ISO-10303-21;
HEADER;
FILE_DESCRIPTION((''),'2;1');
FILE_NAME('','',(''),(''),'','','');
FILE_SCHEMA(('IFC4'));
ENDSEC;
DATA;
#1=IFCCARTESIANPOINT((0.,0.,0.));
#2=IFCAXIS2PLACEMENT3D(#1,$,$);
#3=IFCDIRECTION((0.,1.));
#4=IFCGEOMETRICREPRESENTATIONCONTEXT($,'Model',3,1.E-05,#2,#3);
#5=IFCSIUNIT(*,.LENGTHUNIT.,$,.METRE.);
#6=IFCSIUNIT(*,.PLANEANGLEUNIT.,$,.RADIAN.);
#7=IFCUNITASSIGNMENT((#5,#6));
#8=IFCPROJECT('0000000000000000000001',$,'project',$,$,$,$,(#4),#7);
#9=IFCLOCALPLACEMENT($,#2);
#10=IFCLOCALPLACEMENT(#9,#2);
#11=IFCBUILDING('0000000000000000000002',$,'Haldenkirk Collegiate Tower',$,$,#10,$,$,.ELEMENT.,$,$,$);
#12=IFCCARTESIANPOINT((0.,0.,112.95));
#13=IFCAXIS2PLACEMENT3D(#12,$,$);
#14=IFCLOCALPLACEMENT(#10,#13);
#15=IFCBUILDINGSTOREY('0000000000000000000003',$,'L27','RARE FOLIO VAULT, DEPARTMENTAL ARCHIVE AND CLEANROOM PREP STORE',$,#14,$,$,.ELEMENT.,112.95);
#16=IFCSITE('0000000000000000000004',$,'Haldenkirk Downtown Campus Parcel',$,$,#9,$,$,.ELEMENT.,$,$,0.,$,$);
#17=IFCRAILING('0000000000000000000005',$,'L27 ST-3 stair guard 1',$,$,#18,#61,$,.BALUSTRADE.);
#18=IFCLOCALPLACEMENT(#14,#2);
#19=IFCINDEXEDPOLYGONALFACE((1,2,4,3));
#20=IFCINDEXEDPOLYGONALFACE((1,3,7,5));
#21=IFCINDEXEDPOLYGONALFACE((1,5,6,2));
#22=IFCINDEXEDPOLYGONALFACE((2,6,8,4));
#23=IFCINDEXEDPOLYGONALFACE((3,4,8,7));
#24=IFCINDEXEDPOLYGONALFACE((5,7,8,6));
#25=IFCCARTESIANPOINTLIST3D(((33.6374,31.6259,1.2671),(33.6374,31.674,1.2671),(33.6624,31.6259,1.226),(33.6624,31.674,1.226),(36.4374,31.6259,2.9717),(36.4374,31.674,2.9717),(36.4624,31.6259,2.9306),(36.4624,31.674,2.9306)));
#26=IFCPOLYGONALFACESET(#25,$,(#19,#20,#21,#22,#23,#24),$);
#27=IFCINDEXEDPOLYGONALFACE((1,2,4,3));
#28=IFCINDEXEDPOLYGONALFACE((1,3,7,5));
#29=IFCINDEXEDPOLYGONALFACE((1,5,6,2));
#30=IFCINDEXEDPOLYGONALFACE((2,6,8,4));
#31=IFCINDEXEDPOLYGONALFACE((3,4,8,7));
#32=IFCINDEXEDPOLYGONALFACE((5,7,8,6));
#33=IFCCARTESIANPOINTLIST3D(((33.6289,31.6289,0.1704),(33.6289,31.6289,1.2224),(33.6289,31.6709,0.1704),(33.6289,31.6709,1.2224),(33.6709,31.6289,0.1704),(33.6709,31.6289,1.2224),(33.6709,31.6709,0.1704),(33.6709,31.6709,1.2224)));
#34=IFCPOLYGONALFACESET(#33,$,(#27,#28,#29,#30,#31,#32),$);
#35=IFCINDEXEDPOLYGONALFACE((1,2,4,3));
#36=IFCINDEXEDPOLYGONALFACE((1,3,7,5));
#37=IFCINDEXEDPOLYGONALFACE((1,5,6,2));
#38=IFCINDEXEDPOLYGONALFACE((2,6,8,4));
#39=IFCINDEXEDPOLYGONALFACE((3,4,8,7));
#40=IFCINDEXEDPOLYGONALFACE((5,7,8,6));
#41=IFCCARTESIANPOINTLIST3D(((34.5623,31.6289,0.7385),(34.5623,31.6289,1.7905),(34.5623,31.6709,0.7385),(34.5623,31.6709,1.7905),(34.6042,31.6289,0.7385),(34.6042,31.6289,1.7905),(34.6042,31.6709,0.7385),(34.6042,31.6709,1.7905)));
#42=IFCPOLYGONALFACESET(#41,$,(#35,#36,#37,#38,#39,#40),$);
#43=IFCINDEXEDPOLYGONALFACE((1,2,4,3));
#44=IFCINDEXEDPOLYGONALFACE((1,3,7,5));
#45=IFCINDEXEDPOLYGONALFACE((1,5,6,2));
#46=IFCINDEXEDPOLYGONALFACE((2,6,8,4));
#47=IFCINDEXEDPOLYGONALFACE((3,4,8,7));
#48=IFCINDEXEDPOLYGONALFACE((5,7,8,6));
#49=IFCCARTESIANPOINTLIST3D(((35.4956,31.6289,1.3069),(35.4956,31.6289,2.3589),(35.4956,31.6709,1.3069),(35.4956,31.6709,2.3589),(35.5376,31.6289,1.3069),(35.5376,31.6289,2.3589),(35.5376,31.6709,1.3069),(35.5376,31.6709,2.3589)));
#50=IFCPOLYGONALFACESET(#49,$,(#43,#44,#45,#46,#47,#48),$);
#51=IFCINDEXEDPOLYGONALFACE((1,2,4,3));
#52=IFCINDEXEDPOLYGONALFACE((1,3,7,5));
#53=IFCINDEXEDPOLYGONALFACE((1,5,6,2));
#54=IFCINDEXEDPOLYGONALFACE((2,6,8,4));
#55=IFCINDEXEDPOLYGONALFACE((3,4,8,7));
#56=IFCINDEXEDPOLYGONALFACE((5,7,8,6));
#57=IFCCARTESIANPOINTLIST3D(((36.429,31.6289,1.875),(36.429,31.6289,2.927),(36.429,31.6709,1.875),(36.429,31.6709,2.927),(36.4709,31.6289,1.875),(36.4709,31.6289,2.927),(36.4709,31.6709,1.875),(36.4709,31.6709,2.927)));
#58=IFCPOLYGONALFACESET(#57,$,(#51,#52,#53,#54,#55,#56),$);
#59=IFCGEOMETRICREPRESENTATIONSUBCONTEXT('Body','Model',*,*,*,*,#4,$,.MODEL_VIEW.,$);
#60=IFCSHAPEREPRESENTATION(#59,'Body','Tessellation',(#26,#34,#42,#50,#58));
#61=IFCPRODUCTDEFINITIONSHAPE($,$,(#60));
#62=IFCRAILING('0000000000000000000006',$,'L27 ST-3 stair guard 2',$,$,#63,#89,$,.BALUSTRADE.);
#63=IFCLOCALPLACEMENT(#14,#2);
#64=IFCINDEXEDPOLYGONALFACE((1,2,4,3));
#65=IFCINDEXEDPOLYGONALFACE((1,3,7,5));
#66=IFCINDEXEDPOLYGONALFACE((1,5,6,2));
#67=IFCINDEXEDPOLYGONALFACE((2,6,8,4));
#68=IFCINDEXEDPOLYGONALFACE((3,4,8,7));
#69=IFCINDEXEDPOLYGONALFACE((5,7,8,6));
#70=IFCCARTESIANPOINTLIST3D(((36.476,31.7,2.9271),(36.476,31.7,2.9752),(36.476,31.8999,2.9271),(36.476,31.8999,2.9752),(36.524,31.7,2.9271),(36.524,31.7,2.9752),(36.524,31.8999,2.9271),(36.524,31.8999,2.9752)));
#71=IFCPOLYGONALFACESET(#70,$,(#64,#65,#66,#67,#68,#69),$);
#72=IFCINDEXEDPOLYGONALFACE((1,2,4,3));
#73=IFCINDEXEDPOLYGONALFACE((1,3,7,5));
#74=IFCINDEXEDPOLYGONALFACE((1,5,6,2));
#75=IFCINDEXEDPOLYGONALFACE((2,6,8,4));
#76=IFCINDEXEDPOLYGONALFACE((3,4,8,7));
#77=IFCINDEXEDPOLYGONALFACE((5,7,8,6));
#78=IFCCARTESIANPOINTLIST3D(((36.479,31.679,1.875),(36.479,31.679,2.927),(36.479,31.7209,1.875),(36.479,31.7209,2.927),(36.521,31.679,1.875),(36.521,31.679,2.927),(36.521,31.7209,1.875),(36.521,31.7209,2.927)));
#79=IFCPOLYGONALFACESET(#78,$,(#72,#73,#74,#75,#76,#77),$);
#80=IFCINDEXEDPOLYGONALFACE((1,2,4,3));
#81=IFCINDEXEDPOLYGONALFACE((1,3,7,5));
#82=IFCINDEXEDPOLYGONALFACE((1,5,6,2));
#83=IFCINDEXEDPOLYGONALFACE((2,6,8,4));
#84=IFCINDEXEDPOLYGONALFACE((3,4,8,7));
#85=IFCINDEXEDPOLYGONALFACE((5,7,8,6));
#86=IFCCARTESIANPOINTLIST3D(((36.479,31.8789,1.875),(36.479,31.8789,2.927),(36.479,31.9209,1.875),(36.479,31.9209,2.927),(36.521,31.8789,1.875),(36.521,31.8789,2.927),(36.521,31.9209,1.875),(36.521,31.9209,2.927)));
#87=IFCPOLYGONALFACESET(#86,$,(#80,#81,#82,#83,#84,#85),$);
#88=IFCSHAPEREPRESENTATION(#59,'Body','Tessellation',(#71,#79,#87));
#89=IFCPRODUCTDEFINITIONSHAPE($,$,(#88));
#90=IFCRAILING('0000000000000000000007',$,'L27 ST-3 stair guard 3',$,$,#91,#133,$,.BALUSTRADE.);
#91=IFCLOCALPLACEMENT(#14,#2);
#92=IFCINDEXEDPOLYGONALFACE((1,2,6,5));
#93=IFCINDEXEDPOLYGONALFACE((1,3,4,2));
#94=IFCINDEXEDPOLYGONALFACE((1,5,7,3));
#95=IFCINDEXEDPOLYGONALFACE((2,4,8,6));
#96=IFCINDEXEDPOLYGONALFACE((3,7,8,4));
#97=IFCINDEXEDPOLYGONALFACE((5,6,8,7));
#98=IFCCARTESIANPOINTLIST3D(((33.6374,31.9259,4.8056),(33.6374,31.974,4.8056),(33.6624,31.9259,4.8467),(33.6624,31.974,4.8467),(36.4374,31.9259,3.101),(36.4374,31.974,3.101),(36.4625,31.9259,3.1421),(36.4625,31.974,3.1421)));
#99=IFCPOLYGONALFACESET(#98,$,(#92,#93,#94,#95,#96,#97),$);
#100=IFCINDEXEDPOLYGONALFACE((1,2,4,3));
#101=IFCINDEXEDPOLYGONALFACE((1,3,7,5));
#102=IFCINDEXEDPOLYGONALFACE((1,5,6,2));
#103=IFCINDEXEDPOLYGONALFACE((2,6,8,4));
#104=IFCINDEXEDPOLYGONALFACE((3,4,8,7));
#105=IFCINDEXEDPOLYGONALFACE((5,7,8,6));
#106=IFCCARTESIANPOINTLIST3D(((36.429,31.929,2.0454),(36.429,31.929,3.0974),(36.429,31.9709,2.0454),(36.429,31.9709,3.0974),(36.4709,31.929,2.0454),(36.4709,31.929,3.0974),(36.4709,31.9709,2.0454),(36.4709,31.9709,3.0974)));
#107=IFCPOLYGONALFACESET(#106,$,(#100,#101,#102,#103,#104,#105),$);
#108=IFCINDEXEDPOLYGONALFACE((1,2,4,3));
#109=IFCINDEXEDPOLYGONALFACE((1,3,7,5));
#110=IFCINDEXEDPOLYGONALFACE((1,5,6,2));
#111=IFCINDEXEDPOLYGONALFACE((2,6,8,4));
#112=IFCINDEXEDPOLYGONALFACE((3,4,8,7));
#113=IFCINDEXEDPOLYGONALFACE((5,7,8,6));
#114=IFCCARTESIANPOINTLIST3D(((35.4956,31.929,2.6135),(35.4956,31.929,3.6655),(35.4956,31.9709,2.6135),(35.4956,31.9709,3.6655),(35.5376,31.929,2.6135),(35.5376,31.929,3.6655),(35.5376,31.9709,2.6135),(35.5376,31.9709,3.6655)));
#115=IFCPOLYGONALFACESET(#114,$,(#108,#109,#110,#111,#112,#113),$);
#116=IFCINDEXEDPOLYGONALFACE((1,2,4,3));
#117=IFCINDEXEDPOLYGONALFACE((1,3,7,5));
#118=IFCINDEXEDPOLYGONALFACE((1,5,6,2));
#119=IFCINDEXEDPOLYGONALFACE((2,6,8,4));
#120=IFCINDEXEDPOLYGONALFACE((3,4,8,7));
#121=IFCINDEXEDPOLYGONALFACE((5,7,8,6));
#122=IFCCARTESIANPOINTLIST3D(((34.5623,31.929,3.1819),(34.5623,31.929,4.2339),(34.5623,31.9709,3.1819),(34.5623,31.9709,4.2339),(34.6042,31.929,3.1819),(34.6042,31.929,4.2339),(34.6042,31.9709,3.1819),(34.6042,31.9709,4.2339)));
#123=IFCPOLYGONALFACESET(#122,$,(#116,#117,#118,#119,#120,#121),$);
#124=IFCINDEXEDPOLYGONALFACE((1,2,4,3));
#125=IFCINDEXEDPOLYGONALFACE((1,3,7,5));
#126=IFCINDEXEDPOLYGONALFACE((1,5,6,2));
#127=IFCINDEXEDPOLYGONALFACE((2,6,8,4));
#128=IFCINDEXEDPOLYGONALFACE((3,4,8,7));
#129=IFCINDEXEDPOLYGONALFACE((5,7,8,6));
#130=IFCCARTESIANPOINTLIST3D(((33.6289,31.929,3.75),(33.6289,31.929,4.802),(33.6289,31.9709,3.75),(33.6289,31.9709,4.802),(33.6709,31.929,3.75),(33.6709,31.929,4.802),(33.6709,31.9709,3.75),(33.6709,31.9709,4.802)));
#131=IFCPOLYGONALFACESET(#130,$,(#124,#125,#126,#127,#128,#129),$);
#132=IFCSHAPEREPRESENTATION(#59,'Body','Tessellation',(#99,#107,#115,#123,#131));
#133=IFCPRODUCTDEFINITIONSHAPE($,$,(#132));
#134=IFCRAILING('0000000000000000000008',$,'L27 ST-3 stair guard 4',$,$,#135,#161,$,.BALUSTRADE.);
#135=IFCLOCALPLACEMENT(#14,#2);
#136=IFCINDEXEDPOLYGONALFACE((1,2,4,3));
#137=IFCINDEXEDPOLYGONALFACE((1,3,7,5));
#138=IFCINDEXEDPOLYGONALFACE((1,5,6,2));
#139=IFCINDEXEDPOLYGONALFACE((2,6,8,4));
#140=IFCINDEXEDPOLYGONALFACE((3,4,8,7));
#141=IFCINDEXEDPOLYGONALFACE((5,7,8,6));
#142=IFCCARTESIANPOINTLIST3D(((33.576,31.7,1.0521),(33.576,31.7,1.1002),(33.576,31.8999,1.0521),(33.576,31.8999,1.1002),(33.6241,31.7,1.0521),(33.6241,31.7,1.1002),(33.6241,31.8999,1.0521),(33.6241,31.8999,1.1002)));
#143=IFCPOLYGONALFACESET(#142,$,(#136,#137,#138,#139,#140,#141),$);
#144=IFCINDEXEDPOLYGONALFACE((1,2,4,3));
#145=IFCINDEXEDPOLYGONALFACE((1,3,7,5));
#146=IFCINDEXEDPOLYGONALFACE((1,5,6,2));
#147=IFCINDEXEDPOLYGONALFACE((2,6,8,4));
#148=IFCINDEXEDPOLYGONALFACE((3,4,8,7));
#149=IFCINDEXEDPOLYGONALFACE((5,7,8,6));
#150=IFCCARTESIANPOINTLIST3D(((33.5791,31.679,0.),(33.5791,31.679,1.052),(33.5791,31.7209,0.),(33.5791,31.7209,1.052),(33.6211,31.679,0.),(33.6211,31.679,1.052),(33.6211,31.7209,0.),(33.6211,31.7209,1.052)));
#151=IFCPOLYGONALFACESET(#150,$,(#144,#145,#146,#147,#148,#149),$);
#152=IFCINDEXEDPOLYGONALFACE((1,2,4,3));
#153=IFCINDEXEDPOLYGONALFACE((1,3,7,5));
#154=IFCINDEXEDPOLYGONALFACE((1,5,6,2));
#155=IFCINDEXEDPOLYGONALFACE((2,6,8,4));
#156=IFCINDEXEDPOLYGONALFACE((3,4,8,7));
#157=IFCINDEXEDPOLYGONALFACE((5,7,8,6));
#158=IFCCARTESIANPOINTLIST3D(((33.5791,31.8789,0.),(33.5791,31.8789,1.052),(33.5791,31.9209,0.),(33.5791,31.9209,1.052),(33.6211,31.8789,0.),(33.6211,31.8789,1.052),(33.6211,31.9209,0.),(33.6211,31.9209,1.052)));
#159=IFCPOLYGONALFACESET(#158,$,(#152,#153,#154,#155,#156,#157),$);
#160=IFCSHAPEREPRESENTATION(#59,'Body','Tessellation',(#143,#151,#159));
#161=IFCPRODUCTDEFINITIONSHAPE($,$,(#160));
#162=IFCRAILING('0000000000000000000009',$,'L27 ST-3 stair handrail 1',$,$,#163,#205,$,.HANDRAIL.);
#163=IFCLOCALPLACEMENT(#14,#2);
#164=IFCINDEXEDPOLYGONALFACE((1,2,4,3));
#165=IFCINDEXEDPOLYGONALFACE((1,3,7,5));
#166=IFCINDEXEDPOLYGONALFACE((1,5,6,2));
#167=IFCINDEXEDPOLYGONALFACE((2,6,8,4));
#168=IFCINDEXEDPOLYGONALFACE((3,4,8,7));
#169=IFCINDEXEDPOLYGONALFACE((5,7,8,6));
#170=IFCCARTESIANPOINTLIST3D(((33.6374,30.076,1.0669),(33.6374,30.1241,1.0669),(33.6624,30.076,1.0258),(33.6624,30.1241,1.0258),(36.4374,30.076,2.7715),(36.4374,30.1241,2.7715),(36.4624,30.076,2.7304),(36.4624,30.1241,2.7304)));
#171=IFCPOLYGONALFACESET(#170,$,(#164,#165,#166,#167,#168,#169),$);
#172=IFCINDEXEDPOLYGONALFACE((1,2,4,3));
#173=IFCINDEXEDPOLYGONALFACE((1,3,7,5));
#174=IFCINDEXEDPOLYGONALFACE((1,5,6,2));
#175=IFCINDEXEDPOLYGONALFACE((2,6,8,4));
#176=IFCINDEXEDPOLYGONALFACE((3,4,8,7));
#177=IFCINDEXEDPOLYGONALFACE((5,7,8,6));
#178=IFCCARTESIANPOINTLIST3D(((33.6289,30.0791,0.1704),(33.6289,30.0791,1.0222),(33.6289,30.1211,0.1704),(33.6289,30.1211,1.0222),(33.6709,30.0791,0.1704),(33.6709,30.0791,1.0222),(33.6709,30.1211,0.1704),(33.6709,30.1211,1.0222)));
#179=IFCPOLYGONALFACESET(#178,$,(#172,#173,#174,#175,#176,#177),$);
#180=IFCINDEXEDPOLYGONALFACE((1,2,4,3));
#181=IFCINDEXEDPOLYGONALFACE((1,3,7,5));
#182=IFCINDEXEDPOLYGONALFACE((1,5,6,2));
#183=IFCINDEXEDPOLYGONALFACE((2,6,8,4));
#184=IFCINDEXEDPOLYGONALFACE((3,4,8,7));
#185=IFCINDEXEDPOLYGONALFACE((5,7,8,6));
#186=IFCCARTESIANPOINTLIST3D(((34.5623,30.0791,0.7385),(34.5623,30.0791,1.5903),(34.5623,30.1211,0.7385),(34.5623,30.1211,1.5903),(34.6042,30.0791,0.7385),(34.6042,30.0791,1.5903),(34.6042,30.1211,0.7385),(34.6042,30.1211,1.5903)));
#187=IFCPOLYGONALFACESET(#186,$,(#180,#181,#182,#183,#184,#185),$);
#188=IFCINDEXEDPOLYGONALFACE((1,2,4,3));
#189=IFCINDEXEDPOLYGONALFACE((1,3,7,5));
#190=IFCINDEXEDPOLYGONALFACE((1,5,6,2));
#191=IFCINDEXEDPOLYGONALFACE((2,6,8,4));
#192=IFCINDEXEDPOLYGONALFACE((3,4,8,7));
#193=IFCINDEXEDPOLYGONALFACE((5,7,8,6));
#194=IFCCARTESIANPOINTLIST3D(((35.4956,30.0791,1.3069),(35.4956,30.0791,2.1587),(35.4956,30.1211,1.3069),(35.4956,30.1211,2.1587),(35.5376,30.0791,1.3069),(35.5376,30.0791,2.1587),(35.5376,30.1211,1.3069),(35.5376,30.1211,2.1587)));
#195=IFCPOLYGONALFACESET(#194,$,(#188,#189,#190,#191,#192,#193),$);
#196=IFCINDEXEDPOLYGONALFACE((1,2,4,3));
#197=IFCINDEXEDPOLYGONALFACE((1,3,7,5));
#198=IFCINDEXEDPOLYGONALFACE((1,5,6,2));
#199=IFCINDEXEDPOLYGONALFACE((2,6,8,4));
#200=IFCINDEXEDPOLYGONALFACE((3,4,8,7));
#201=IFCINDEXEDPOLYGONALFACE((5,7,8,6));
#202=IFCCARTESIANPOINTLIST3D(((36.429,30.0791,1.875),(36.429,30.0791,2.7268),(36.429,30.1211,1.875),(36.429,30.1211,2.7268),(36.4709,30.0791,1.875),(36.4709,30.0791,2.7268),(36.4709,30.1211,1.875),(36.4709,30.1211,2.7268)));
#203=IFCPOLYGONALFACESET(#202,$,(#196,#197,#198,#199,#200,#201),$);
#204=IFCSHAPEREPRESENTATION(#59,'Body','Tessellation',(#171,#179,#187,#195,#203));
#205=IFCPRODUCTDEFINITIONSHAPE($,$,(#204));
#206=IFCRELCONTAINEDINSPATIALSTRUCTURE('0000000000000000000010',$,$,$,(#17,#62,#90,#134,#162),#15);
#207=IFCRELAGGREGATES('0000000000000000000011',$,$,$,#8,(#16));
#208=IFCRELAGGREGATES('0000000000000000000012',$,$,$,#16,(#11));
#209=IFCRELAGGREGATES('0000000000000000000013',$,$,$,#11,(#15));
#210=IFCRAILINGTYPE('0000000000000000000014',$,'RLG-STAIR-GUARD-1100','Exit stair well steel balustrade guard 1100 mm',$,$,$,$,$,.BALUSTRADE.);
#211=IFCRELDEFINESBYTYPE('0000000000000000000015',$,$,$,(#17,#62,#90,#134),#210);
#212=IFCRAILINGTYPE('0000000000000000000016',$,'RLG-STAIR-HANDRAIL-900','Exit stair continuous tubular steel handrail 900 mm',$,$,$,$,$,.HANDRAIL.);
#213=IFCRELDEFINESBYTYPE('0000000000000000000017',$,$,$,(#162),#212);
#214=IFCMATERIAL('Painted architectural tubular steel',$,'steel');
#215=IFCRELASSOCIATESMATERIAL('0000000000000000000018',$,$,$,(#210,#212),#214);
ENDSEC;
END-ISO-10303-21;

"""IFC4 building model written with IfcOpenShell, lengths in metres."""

from ifc_helpers import new_model, si_unit, direction, frame, origin, origin_2d, place, context, subcontext, project, spatial, rectangle, extrude, material, type_object, element, save


model = new_model("IFC4")

# Units and contexts
model_context = context("Model", 3, precision=1e-05, world=origin(), true_north=direction((0.0, 1.0)))
body_context = subcontext(model_context, "Body", "Model", "MODEL_VIEW")
ifc_project = project(units=[si_unit("LENGTHUNIT", "METRE"), si_unit("PLANEANGLEUNIT", "RADIAN")], contexts=[model_context])

# Site, building, storey
site_placement = place(None, origin())
site = spatial("IfcSite", under=ifc_project, at=site_placement, Name="Haldenkirk Downtown Campus Parcel", CompositionType="ELEMENT", RefElevation=0.0)
building_placement = place(site_placement, origin())
building = spatial("IfcBuilding", under=site, at=building_placement, Name="Haldenkirk Collegiate Tower", CompositionType="ELEMENT")
storey_placement = place(building_placement, frame((0.0, 0.0, 112.95)))
storey = spatial("IfcBuildingStorey", under=building, at=storey_placement, Name="L27", Description="RARE FOLIO VAULT, DEPARTMENTAL ARCHIVE AND CLEANROOM PREP STORE", CompositionType="ELEMENT", Elevation=112.95)

# Railings
ifc_material_1 = material(Name="Painted architectural tubular steel", Category="steel")
railing_type_1 = type_object("IfcRailingType", Name="RLG-STAIR-GUARD-1100", Description="Exit stair well steel balustrade guard 1100 mm", PredefinedType="BALUSTRADE", material=ifc_material_1)
railing_1_placement = place(storey_placement, frame((33.6499, 31.6499, 0.1704)))
element("IfcRailing", 1, at=railing_1_placement, inside=storey, type_object=railing_type_1, Name="L27 ST-3 stair guard 1", PredefinedType="BALUSTRADE", context=body_context, shape_type="SweptSolid", body=[
    extrude(rectangle(XDim=0.0481, YDim=0.0481, at=origin_2d()), frame((0.0, 0.0, 1.0762), z_axis=(0.85417, 0.0, 0.519994), x_axis=(0.0, 1.0, 0.0)), (0.0, 0.0, 1.0), 3.2781),
    extrude(rectangle(XDim=0.042, YDim=0.042, at=origin_2d()), origin(), (0.0, 0.0, 1.0), 1.052),
    extrude(rectangle(XDim=0.042, YDim=0.042, at=origin_2d()), frame((0.9333, 0.0, 0.5681)), (0.0, 0.0, 1.0), 1.052),
    extrude(rectangle(XDim=0.042, YDim=0.042, at=origin_2d()), frame((1.8667, 0.0, 1.1365)), (0.0, 0.0, 1.0), 1.052),
    extrude(rectangle(XDim=0.042, YDim=0.042, at=origin_2d()), frame((2.8, 0.0, 1.7046)), (0.0, 0.0, 1.0), 1.052),
])
railing_2_placement = place(storey_placement, frame((36.5, 31.7, 1.875)))
element("IfcRailing", 2, at=railing_2_placement, inside=storey, type_object=railing_type_1, Name="L27 ST-3 stair guard 2", PredefinedType="BALUSTRADE", context=body_context, shape_type="SweptSolid", body=[
    extrude(rectangle(XDim=0.0481, YDim=0.0481, at=origin_2d()), frame((0.0, 0.0, 1.0762), z_axis=(0.0, 1.0, 0.0), x_axis=(-1.0, 0.0, 0.0)), (0.0, 0.0, 1.0), 0.2),
    extrude(rectangle(XDim=0.042, YDim=0.042, at=origin_2d()), origin(), (0.0, 0.0, 1.0), 1.052),
    extrude(rectangle(XDim=0.042, YDim=0.042, at=origin_2d()), frame((0.0, 0.2, 0.0)), (0.0, 0.0, 1.0), 1.052),
])
railing_3_placement = place(storey_placement, frame((36.45, 31.95, 2.0454)))
element("IfcRailing", 3, at=railing_3_placement, inside=storey, type_object=railing_type_1, Name="L27 ST-3 stair guard 3", PredefinedType="BALUSTRADE", context=body_context, shape_type="SweptSolid", body=[
    extrude(rectangle(XDim=0.0481, YDim=0.0481, at=origin_2d()), frame((0.0, 0.0, 1.0762), z_axis=(-0.85417, 0.0, 0.519994), x_axis=(0.0, -1.0, 0.0)), (0.0, 0.0, 1.0), 3.2781),
    extrude(rectangle(XDim=0.042, YDim=0.042, at=origin_2d()), origin(), (0.0, 0.0, 1.0), 1.052),
    extrude(rectangle(XDim=0.042, YDim=0.042, at=origin_2d()), frame((-0.9333, 0.0, 0.5681)), (0.0, 0.0, 1.0), 1.052),
    extrude(rectangle(XDim=0.042, YDim=0.042, at=origin_2d()), frame((-1.8667, 0.0, 1.1365)), (0.0, 0.0, 1.0), 1.052),
    extrude(rectangle(XDim=0.042, YDim=0.042, at=origin_2d()), frame((-2.8, 0.0, 1.7046)), (0.0, 0.0, 1.0), 1.052),
])
railing_4_placement = place(storey_placement, frame((33.6001, 31.7, 0.0)))
element("IfcRailing", 4, at=railing_4_placement, inside=storey, type_object=railing_type_1, Name="L27 ST-3 stair guard 4", PredefinedType="BALUSTRADE", context=body_context, shape_type="SweptSolid", body=[
    extrude(rectangle(XDim=0.0481, YDim=0.0481, at=origin_2d()), frame((0.0, 0.0, 1.0762), z_axis=(0.0, 1.0, 0.0), x_axis=(-1.0, 0.0, 0.0)), (0.0, 0.0, 1.0), 0.2),
    extrude(rectangle(XDim=0.042, YDim=0.042, at=origin_2d()), origin(), (0.0, 0.0, 1.0), 1.052),
    extrude(rectangle(XDim=0.042, YDim=0.042, at=origin_2d()), frame((0.0, 0.2, 0.0)), (0.0, 0.0, 1.0), 1.052),
])
railing_type_2 = type_object("IfcRailingType", Name="RLG-STAIR-HANDRAIL-900", Description="Exit stair continuous tubular steel handrail 900 mm", PredefinedType="HANDRAIL", material=ifc_material_1)
railing_5_placement = place(storey_placement, frame((33.6499, 30.1001, 0.1704)))
element("IfcRailing", 5, at=railing_5_placement, inside=storey, type_object=railing_type_2, Name="L27 ST-3 stair handrail 1", PredefinedType="HANDRAIL", context=body_context, shape_type="SweptSolid", body=[
    extrude(rectangle(XDim=0.0481, YDim=0.0481, at=origin_2d()), frame((0.0, 0.0, 0.876), z_axis=(0.85417, 0.0, 0.519994), x_axis=(0.0, 1.0, 0.0)), (0.0, 0.0, 1.0), 3.2781),
    extrude(rectangle(XDim=0.042, YDim=0.042, at=origin_2d()), origin(), (0.0, 0.0, 1.0), 0.8518),
    extrude(rectangle(XDim=0.042, YDim=0.042, at=origin_2d()), frame((0.9333, 0.0, 0.5681)), (0.0, 0.0, 1.0), 0.8518),
    extrude(rectangle(XDim=0.042, YDim=0.042, at=origin_2d()), frame((1.8667, 0.0, 1.1365)), (0.0, 0.0, 1.0), 0.8518),
    extrude(rectangle(XDim=0.042, YDim=0.042, at=origin_2d()), frame((2.8, 0.0, 1.7046)), (0.0, 0.0, 1.0), 0.8518),
])

save(model, "model.ifc")
